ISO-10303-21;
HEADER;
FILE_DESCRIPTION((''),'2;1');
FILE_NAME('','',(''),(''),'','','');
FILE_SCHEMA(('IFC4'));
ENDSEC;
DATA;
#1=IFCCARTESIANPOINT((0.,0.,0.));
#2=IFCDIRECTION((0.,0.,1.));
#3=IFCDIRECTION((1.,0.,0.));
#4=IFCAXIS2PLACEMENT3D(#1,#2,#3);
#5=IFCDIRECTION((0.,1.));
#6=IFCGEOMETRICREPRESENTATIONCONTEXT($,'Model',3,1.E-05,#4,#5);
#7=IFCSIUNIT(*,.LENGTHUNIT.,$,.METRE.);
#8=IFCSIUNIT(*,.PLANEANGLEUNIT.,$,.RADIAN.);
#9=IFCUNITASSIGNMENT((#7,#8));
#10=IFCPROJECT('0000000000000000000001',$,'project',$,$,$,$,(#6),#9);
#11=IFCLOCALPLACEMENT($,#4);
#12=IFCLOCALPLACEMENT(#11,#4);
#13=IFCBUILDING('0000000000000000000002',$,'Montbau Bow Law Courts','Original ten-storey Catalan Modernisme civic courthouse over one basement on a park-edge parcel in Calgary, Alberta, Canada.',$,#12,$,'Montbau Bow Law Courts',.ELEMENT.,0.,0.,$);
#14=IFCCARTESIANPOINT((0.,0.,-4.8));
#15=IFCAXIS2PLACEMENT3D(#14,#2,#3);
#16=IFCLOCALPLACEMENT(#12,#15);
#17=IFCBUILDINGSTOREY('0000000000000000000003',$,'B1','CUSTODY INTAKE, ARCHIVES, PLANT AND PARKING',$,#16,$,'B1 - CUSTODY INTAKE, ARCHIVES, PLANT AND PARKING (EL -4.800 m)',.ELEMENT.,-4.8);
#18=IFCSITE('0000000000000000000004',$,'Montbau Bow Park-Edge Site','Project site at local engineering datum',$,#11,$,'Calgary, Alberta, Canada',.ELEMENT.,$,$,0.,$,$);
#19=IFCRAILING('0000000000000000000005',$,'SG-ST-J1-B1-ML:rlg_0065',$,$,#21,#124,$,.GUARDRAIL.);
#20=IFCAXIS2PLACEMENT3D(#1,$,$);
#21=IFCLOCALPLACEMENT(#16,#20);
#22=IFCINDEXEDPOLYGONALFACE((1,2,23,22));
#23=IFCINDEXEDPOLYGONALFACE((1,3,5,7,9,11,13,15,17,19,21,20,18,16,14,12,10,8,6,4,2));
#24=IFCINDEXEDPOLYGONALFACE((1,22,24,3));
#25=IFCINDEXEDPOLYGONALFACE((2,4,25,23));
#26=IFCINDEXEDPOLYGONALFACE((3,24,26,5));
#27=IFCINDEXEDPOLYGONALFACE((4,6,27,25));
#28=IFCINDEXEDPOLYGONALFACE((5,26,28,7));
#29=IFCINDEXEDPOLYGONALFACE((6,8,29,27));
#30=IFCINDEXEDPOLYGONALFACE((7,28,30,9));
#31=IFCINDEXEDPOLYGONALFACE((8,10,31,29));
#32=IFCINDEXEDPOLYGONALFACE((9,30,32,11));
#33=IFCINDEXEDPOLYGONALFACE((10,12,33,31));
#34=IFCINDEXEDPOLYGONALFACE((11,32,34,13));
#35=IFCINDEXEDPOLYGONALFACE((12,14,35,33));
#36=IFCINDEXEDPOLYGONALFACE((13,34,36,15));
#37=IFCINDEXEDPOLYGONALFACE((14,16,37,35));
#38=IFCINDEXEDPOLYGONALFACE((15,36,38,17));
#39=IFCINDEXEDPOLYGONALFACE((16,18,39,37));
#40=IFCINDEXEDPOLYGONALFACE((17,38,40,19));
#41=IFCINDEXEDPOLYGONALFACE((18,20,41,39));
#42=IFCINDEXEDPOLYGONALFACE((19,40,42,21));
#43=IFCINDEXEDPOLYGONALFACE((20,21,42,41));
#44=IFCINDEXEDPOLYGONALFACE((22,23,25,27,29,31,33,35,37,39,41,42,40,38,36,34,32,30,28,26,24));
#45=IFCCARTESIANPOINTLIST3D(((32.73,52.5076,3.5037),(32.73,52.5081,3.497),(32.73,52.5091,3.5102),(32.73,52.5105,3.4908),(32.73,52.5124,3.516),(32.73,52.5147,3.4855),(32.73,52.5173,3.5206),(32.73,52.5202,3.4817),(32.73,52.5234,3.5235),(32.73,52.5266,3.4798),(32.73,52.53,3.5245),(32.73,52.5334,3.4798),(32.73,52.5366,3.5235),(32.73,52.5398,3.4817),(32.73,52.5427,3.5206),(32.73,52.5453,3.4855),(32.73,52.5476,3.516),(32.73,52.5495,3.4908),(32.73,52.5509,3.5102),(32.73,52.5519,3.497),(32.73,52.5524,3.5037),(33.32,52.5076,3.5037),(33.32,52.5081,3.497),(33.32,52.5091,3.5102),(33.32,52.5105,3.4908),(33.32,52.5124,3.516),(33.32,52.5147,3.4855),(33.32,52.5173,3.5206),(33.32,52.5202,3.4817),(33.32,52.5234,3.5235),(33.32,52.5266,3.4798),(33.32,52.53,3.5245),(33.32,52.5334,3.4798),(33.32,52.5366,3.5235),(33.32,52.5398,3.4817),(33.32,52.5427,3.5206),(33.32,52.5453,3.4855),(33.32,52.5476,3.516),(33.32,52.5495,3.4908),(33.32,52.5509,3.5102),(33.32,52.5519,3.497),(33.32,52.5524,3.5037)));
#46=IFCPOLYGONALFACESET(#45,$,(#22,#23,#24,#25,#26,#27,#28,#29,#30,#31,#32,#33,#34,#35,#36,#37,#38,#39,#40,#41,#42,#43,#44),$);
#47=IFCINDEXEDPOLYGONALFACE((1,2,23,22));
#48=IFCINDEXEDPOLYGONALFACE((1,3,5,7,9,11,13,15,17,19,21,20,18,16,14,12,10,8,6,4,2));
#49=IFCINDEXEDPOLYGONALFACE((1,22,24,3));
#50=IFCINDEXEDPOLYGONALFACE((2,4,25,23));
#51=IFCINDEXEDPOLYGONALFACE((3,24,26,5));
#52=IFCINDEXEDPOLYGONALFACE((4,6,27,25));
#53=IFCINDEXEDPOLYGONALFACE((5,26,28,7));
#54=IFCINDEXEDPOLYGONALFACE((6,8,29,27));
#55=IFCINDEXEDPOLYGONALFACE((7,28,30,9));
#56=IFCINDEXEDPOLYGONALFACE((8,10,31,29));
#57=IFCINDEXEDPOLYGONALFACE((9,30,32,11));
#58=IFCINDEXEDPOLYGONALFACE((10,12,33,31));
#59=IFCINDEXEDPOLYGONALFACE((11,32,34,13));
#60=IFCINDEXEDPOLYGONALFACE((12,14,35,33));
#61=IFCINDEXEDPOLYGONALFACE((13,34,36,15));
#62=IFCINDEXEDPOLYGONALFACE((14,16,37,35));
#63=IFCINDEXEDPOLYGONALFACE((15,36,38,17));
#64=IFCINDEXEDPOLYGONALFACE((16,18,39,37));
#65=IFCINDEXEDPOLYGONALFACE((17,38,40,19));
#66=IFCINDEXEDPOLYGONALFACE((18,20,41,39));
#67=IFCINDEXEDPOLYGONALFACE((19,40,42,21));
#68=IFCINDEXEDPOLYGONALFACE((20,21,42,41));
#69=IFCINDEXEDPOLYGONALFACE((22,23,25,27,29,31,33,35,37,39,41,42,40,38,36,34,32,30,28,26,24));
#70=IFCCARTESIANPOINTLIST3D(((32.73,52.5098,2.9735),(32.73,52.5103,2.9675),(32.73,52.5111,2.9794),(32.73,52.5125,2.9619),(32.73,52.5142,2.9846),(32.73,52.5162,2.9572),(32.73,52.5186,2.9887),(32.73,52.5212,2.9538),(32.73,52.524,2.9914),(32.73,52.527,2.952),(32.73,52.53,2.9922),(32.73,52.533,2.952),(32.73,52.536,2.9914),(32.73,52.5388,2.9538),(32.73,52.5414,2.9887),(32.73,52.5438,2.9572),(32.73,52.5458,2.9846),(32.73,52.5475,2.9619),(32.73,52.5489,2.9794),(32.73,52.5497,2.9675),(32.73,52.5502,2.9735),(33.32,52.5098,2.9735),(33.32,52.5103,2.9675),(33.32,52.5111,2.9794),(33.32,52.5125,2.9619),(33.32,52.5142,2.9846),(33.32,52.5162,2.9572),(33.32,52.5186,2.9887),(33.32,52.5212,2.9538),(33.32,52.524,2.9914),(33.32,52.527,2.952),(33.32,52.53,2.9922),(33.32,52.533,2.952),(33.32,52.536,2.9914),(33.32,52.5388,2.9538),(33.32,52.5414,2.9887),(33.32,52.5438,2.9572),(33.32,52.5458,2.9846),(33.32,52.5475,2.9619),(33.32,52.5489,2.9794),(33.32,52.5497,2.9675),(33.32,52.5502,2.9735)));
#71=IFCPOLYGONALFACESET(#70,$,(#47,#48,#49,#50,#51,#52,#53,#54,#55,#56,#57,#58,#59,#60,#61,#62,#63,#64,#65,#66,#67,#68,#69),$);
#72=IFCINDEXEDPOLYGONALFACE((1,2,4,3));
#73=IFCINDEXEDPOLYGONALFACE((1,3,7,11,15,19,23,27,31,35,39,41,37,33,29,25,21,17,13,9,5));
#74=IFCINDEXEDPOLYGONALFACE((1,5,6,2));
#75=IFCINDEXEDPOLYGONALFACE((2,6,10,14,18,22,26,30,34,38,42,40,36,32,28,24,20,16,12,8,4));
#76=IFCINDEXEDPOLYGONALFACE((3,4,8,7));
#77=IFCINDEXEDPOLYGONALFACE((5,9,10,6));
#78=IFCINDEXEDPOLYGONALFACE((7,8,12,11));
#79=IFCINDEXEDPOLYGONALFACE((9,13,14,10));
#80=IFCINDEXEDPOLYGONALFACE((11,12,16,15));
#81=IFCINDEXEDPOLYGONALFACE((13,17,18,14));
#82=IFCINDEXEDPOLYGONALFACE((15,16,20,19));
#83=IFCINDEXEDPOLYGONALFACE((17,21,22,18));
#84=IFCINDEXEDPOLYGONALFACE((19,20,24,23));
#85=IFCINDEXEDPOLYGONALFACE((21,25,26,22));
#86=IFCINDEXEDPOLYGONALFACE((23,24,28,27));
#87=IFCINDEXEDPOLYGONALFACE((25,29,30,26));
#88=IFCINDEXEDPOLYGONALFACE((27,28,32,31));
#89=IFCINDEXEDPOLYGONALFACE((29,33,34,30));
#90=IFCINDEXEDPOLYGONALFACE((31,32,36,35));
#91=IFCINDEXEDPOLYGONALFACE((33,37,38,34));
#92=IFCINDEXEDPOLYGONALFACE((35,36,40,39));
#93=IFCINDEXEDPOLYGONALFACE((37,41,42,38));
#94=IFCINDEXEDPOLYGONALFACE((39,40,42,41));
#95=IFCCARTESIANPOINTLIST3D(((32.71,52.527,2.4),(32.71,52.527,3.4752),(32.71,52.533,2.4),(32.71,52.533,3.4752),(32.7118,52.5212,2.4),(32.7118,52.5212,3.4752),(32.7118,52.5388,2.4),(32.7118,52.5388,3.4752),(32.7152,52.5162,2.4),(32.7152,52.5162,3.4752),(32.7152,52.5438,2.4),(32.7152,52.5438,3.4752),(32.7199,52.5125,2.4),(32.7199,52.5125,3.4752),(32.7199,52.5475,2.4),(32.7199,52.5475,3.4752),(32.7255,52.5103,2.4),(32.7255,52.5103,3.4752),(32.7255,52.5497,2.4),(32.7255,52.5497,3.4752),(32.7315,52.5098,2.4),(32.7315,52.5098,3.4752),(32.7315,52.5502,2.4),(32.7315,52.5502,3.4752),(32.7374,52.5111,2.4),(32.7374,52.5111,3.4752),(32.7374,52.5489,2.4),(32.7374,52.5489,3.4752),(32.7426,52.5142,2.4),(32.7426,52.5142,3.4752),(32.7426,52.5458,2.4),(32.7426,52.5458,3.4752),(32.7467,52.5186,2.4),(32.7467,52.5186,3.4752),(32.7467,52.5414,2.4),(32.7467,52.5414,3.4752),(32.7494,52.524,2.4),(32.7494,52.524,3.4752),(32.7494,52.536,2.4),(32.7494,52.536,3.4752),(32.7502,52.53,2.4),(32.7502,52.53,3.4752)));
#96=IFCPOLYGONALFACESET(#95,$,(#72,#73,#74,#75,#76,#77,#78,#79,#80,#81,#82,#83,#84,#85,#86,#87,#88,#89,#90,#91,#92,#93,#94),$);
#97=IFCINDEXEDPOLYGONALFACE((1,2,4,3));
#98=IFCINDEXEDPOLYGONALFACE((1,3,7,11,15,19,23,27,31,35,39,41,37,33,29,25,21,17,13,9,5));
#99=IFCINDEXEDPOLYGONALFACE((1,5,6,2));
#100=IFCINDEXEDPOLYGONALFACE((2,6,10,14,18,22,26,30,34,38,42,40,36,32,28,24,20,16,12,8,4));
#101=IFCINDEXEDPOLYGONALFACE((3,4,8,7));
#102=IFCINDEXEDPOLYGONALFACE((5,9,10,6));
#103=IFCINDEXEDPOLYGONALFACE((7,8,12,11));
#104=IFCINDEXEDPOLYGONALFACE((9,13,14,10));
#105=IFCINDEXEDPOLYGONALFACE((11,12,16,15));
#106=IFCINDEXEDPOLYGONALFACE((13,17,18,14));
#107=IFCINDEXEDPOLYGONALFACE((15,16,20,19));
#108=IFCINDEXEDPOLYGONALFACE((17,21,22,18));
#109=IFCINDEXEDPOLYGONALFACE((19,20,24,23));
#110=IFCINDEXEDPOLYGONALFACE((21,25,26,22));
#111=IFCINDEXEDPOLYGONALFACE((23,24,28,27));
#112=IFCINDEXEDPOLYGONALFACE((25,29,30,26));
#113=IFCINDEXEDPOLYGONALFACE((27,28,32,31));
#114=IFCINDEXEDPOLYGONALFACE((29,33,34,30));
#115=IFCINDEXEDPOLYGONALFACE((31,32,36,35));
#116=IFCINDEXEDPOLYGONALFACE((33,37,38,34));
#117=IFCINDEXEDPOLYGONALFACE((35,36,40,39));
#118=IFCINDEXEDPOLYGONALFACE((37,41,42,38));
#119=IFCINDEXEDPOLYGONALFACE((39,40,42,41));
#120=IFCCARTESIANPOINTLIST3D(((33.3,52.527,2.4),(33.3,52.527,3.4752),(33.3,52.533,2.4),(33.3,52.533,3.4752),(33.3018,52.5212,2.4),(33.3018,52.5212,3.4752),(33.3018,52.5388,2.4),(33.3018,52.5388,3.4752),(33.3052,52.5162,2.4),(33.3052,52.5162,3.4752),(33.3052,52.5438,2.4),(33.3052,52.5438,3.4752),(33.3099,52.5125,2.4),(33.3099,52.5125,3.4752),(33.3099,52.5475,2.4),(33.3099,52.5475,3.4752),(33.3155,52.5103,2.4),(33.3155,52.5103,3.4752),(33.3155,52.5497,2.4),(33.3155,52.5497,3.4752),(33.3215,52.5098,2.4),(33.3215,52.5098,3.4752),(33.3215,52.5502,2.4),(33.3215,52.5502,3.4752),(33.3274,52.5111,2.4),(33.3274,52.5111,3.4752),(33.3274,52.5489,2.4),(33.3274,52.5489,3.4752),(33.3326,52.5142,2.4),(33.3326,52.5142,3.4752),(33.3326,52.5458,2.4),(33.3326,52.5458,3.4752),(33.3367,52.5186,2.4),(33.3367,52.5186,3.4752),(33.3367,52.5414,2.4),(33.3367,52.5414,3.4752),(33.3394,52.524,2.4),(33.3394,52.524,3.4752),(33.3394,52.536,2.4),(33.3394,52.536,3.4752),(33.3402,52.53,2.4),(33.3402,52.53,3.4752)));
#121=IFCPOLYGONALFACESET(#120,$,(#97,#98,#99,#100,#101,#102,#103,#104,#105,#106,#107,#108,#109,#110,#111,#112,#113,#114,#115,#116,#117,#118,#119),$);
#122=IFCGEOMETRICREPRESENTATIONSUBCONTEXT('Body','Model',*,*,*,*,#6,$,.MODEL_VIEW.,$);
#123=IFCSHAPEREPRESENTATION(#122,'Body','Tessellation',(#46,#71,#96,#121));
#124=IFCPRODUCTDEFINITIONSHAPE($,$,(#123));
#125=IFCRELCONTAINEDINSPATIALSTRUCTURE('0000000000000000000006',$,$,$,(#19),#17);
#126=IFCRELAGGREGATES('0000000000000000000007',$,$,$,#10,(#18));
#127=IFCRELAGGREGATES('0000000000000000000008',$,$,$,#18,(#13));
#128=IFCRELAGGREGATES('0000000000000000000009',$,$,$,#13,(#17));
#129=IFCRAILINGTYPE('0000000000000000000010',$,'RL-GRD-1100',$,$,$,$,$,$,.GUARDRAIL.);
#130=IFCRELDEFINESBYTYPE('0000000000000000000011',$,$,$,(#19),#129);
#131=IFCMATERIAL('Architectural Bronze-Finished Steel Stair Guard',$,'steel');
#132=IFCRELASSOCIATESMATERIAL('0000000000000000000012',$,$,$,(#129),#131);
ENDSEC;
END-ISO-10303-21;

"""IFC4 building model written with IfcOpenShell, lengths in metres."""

from ifc_helpers import new_model, si_unit, direction, frame, origin_with_axes, origin_2d_with_axis, place, context, subcontext, project, spatial, circle, extrude, material, type_object, element, save


model = new_model("IFC4")

# Units and contexts
model_context = context("Model", 3, precision=1e-05, world=origin_with_axes(), true_north=direction((0.0, 1.0)))
body_context = subcontext(model_context, "Body", "Model", "MODEL_VIEW")
ifc_project = project(units=[si_unit("LENGTHUNIT", "METRE"), si_unit("PLANEANGLEUNIT", "RADIAN")], contexts=[model_context])

# Site, building, storey
site_placement = place(None, origin_with_axes())
site = spatial("IfcSite", under=ifc_project, at=site_placement, Name="Montbau Bow Park-Edge Site", Description="Project site at local engineering datum", LongName="Calgary, Alberta, Canada", CompositionType="ELEMENT", RefElevation=0.0)
building_placement = place(site_placement, origin_with_axes())
building = spatial("IfcBuilding", under=site, at=building_placement, Name="Montbau Bow Law Courts", Description="Original ten-storey Catalan Modernisme civic courthouse over one basement on a park-edge parcel in Calgary, Alberta, Canada.", LongName="Montbau Bow Law Courts", CompositionType="ELEMENT", ElevationOfRefHeight=0.0, ElevationOfTerrain=0.0)
storey_placement = place(building_placement, frame((0.0, 0.0, -4.8), z_axis=(0.0, 0.0, 1.0), x_axis=(1.0, 0.0, 0.0)))
storey = spatial("IfcBuildingStorey", under=building, at=storey_placement, Name="B1", Description="CUSTODY INTAKE, ARCHIVES, PLANT AND PARKING", LongName="B1 - CUSTODY INTAKE, ARCHIVES, PLANT AND PARKING (EL -4.800 m)", CompositionType="ELEMENT", Elevation=-4.8)

# Railing
ifc_material_1 = material(Name="Architectural Bronze-Finished Steel Stair Guard", Category="steel")
railing_type_1 = type_object("IfcRailingType", Name="RL-GRD-1100", PredefinedType="GUARDRAIL", material=ifc_material_1)
railing_1_placement = place(None, origin_with_axes())
element("IfcRailing", 1, at=railing_1_placement, inside=storey, type_object=railing_type_1, Name="SG-ST-J1-B1-ML:rlg_0065", PredefinedType="GUARDRAIL", context=body_context, shape_type="SweptSolid", body=[
    extrude(circle(Radius=0.0225, at=origin_2d_with_axis()), frame((32.73, 52.53, -1.298), z_axis=(1.0, 0.0, 0.0), x_axis=(0.0, 0.0, 1.0)), (0.0, 0.0, 1.0), 0.59),
    extrude(circle(Radius=0.0203, at=origin_2d_with_axis()), frame((32.73, 52.53, -1.828), z_axis=(1.0, 0.0, 0.0), x_axis=(0.0, 0.0, 1.0)), (0.0, 0.0, 1.0), 0.59),
    extrude(circle(Radius=0.0203, at=origin_2d_with_axis()), frame((32.73, 52.53, -2.4), z_axis=(0.0, 0.0, 1.0), x_axis=(1.0, 0.0, 0.0)), (0.0, 0.0, 1.0), 1.0753),
    extrude(circle(Radius=0.0203, at=origin_2d_with_axis()), frame((33.32, 52.53, -2.4), z_axis=(0.0, 0.0, 1.0), x_axis=(1.0, 0.0, 0.0)), (0.0, 0.0, 1.0), 1.0753),
])

save(model, "model.ifc")
